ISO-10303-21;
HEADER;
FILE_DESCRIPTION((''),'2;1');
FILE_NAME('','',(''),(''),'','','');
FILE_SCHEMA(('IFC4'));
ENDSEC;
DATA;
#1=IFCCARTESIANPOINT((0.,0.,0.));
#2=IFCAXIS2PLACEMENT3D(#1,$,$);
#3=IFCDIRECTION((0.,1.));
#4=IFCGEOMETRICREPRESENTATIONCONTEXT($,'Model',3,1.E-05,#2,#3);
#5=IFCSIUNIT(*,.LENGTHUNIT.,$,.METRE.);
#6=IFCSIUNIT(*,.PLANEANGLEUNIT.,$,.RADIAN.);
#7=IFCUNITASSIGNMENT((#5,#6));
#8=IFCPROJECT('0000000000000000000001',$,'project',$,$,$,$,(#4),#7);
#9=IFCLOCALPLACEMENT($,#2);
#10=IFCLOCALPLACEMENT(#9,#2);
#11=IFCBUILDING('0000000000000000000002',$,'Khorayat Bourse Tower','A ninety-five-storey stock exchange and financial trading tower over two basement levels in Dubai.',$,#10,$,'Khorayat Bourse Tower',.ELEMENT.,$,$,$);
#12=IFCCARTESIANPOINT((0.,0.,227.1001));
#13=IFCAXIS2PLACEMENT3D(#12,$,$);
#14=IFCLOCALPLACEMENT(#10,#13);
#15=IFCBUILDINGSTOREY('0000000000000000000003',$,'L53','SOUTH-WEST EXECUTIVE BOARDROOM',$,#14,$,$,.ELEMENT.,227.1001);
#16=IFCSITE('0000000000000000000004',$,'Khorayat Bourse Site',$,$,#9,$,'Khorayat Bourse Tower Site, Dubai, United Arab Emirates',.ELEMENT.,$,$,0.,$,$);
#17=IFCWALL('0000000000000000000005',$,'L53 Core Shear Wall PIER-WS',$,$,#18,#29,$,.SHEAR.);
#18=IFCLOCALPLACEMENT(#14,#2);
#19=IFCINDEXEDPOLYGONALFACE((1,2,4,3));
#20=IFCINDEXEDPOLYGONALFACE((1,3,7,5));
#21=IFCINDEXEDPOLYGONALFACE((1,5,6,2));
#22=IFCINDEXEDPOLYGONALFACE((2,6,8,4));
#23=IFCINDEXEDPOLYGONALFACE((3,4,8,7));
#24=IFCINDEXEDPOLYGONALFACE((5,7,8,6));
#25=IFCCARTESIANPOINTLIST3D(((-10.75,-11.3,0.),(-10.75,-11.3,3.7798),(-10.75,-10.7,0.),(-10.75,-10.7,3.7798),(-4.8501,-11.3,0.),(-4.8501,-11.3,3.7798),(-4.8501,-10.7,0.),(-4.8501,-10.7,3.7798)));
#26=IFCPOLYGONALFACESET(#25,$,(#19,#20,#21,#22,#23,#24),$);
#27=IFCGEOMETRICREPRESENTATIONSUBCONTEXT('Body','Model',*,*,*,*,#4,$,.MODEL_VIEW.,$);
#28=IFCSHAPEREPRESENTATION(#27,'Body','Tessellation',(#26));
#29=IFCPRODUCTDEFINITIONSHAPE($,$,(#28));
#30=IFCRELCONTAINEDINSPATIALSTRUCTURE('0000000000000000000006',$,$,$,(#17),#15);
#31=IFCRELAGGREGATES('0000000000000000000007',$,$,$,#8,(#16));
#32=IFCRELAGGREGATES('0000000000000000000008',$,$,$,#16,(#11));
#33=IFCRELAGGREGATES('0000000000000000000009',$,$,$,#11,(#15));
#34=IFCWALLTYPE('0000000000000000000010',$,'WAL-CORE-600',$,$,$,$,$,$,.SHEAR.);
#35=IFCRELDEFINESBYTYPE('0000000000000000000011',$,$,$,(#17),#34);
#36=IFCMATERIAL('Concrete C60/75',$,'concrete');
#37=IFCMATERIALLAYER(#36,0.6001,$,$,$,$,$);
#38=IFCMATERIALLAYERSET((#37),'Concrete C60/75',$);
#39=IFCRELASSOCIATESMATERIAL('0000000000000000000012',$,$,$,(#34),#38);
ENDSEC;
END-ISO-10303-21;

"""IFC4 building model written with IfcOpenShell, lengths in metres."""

from ifc_helpers import new_model, si_unit, direction, frame, frame_2d, origin, place, context, subcontext, project, spatial, rectangle, extrude, source, transform, mapped, material, layer, layer_set, type_object, element, save


model = new_model("IFC4")

# Units and contexts
model_context = context("Model", 3, precision=1e-05, world=origin(), true_north=direction((0.0, 1.0)))
body_context = subcontext(model_context, "Body", "Model", "MODEL_VIEW")
ifc_project = project(units=[si_unit("LENGTHUNIT", "METRE"), si_unit("PLANEANGLEUNIT", "RADIAN")], contexts=[model_context])

# Site, building, storey
site_placement = place(None, origin())
site = spatial("IfcSite", under=ifc_project, at=site_placement, Name="Khorayat Bourse Site", LongName="Khorayat Bourse Tower Site, Dubai, United Arab Emirates", CompositionType="ELEMENT", RefElevation=0.0)
building_placement = place(site_placement, origin())
building = spatial("IfcBuilding", under=site, at=building_placement, Name="Khorayat Bourse Tower", Description="A ninety-five-storey stock exchange and financial trading tower over two basement levels in Dubai.", LongName="Khorayat Bourse Tower", CompositionType="ELEMENT")
storey_placement = place(building_placement, frame((0.0, 0.0, 227.1001)))
storey = spatial("IfcBuildingStorey", under=building, at=storey_placement, Name="L53", Description="SOUTH-WEST EXECUTIVE BOARDROOM", CompositionType="ELEMENT", Elevation=227.1001)

# Shared definitions
ifc_material_1 = material(Name="Concrete C60/75", Category="concrete")

# Wall
ifc_layer_1 = layer(ifc_material_1, 0.6001)
ifc_layer_set_1 = layer_set([ifc_layer_1], Name="Concrete C60/75")
wall_type_1 = type_object("IfcWallType", Name="WAL-CORE-600", PredefinedType="SHEAR", material=ifc_layer_set_1)
shared_shape_1 = source(origin(), body_context, "Body", "SweptSolid", [
    extrude(rectangle(XDim=5.8999, YDim=0.6001, at=frame_2d((2.95, 0.0))), origin(), (0.0, 0.0, 1.0), 3.7798),
])
wall_1_placement = place(storey_placement, frame((-10.75, -11.0, 0.0), z_axis=(0.0, 0.0, 1.0), x_axis=(1.0, 0.0, 0.0)))
element("IfcWall", 1, at=wall_1_placement, inside=storey, type_object=wall_type_1, Name="L53 Core Shear Wall PIER-WS", PredefinedType="SHEAR", context=body_context, shape_type="MappedRepresentation", body=[
    mapped(shared_shape_1, transform((0.0, 0.0, 0.0), scale=1.0)),
])

save(model, "model.ifc")
